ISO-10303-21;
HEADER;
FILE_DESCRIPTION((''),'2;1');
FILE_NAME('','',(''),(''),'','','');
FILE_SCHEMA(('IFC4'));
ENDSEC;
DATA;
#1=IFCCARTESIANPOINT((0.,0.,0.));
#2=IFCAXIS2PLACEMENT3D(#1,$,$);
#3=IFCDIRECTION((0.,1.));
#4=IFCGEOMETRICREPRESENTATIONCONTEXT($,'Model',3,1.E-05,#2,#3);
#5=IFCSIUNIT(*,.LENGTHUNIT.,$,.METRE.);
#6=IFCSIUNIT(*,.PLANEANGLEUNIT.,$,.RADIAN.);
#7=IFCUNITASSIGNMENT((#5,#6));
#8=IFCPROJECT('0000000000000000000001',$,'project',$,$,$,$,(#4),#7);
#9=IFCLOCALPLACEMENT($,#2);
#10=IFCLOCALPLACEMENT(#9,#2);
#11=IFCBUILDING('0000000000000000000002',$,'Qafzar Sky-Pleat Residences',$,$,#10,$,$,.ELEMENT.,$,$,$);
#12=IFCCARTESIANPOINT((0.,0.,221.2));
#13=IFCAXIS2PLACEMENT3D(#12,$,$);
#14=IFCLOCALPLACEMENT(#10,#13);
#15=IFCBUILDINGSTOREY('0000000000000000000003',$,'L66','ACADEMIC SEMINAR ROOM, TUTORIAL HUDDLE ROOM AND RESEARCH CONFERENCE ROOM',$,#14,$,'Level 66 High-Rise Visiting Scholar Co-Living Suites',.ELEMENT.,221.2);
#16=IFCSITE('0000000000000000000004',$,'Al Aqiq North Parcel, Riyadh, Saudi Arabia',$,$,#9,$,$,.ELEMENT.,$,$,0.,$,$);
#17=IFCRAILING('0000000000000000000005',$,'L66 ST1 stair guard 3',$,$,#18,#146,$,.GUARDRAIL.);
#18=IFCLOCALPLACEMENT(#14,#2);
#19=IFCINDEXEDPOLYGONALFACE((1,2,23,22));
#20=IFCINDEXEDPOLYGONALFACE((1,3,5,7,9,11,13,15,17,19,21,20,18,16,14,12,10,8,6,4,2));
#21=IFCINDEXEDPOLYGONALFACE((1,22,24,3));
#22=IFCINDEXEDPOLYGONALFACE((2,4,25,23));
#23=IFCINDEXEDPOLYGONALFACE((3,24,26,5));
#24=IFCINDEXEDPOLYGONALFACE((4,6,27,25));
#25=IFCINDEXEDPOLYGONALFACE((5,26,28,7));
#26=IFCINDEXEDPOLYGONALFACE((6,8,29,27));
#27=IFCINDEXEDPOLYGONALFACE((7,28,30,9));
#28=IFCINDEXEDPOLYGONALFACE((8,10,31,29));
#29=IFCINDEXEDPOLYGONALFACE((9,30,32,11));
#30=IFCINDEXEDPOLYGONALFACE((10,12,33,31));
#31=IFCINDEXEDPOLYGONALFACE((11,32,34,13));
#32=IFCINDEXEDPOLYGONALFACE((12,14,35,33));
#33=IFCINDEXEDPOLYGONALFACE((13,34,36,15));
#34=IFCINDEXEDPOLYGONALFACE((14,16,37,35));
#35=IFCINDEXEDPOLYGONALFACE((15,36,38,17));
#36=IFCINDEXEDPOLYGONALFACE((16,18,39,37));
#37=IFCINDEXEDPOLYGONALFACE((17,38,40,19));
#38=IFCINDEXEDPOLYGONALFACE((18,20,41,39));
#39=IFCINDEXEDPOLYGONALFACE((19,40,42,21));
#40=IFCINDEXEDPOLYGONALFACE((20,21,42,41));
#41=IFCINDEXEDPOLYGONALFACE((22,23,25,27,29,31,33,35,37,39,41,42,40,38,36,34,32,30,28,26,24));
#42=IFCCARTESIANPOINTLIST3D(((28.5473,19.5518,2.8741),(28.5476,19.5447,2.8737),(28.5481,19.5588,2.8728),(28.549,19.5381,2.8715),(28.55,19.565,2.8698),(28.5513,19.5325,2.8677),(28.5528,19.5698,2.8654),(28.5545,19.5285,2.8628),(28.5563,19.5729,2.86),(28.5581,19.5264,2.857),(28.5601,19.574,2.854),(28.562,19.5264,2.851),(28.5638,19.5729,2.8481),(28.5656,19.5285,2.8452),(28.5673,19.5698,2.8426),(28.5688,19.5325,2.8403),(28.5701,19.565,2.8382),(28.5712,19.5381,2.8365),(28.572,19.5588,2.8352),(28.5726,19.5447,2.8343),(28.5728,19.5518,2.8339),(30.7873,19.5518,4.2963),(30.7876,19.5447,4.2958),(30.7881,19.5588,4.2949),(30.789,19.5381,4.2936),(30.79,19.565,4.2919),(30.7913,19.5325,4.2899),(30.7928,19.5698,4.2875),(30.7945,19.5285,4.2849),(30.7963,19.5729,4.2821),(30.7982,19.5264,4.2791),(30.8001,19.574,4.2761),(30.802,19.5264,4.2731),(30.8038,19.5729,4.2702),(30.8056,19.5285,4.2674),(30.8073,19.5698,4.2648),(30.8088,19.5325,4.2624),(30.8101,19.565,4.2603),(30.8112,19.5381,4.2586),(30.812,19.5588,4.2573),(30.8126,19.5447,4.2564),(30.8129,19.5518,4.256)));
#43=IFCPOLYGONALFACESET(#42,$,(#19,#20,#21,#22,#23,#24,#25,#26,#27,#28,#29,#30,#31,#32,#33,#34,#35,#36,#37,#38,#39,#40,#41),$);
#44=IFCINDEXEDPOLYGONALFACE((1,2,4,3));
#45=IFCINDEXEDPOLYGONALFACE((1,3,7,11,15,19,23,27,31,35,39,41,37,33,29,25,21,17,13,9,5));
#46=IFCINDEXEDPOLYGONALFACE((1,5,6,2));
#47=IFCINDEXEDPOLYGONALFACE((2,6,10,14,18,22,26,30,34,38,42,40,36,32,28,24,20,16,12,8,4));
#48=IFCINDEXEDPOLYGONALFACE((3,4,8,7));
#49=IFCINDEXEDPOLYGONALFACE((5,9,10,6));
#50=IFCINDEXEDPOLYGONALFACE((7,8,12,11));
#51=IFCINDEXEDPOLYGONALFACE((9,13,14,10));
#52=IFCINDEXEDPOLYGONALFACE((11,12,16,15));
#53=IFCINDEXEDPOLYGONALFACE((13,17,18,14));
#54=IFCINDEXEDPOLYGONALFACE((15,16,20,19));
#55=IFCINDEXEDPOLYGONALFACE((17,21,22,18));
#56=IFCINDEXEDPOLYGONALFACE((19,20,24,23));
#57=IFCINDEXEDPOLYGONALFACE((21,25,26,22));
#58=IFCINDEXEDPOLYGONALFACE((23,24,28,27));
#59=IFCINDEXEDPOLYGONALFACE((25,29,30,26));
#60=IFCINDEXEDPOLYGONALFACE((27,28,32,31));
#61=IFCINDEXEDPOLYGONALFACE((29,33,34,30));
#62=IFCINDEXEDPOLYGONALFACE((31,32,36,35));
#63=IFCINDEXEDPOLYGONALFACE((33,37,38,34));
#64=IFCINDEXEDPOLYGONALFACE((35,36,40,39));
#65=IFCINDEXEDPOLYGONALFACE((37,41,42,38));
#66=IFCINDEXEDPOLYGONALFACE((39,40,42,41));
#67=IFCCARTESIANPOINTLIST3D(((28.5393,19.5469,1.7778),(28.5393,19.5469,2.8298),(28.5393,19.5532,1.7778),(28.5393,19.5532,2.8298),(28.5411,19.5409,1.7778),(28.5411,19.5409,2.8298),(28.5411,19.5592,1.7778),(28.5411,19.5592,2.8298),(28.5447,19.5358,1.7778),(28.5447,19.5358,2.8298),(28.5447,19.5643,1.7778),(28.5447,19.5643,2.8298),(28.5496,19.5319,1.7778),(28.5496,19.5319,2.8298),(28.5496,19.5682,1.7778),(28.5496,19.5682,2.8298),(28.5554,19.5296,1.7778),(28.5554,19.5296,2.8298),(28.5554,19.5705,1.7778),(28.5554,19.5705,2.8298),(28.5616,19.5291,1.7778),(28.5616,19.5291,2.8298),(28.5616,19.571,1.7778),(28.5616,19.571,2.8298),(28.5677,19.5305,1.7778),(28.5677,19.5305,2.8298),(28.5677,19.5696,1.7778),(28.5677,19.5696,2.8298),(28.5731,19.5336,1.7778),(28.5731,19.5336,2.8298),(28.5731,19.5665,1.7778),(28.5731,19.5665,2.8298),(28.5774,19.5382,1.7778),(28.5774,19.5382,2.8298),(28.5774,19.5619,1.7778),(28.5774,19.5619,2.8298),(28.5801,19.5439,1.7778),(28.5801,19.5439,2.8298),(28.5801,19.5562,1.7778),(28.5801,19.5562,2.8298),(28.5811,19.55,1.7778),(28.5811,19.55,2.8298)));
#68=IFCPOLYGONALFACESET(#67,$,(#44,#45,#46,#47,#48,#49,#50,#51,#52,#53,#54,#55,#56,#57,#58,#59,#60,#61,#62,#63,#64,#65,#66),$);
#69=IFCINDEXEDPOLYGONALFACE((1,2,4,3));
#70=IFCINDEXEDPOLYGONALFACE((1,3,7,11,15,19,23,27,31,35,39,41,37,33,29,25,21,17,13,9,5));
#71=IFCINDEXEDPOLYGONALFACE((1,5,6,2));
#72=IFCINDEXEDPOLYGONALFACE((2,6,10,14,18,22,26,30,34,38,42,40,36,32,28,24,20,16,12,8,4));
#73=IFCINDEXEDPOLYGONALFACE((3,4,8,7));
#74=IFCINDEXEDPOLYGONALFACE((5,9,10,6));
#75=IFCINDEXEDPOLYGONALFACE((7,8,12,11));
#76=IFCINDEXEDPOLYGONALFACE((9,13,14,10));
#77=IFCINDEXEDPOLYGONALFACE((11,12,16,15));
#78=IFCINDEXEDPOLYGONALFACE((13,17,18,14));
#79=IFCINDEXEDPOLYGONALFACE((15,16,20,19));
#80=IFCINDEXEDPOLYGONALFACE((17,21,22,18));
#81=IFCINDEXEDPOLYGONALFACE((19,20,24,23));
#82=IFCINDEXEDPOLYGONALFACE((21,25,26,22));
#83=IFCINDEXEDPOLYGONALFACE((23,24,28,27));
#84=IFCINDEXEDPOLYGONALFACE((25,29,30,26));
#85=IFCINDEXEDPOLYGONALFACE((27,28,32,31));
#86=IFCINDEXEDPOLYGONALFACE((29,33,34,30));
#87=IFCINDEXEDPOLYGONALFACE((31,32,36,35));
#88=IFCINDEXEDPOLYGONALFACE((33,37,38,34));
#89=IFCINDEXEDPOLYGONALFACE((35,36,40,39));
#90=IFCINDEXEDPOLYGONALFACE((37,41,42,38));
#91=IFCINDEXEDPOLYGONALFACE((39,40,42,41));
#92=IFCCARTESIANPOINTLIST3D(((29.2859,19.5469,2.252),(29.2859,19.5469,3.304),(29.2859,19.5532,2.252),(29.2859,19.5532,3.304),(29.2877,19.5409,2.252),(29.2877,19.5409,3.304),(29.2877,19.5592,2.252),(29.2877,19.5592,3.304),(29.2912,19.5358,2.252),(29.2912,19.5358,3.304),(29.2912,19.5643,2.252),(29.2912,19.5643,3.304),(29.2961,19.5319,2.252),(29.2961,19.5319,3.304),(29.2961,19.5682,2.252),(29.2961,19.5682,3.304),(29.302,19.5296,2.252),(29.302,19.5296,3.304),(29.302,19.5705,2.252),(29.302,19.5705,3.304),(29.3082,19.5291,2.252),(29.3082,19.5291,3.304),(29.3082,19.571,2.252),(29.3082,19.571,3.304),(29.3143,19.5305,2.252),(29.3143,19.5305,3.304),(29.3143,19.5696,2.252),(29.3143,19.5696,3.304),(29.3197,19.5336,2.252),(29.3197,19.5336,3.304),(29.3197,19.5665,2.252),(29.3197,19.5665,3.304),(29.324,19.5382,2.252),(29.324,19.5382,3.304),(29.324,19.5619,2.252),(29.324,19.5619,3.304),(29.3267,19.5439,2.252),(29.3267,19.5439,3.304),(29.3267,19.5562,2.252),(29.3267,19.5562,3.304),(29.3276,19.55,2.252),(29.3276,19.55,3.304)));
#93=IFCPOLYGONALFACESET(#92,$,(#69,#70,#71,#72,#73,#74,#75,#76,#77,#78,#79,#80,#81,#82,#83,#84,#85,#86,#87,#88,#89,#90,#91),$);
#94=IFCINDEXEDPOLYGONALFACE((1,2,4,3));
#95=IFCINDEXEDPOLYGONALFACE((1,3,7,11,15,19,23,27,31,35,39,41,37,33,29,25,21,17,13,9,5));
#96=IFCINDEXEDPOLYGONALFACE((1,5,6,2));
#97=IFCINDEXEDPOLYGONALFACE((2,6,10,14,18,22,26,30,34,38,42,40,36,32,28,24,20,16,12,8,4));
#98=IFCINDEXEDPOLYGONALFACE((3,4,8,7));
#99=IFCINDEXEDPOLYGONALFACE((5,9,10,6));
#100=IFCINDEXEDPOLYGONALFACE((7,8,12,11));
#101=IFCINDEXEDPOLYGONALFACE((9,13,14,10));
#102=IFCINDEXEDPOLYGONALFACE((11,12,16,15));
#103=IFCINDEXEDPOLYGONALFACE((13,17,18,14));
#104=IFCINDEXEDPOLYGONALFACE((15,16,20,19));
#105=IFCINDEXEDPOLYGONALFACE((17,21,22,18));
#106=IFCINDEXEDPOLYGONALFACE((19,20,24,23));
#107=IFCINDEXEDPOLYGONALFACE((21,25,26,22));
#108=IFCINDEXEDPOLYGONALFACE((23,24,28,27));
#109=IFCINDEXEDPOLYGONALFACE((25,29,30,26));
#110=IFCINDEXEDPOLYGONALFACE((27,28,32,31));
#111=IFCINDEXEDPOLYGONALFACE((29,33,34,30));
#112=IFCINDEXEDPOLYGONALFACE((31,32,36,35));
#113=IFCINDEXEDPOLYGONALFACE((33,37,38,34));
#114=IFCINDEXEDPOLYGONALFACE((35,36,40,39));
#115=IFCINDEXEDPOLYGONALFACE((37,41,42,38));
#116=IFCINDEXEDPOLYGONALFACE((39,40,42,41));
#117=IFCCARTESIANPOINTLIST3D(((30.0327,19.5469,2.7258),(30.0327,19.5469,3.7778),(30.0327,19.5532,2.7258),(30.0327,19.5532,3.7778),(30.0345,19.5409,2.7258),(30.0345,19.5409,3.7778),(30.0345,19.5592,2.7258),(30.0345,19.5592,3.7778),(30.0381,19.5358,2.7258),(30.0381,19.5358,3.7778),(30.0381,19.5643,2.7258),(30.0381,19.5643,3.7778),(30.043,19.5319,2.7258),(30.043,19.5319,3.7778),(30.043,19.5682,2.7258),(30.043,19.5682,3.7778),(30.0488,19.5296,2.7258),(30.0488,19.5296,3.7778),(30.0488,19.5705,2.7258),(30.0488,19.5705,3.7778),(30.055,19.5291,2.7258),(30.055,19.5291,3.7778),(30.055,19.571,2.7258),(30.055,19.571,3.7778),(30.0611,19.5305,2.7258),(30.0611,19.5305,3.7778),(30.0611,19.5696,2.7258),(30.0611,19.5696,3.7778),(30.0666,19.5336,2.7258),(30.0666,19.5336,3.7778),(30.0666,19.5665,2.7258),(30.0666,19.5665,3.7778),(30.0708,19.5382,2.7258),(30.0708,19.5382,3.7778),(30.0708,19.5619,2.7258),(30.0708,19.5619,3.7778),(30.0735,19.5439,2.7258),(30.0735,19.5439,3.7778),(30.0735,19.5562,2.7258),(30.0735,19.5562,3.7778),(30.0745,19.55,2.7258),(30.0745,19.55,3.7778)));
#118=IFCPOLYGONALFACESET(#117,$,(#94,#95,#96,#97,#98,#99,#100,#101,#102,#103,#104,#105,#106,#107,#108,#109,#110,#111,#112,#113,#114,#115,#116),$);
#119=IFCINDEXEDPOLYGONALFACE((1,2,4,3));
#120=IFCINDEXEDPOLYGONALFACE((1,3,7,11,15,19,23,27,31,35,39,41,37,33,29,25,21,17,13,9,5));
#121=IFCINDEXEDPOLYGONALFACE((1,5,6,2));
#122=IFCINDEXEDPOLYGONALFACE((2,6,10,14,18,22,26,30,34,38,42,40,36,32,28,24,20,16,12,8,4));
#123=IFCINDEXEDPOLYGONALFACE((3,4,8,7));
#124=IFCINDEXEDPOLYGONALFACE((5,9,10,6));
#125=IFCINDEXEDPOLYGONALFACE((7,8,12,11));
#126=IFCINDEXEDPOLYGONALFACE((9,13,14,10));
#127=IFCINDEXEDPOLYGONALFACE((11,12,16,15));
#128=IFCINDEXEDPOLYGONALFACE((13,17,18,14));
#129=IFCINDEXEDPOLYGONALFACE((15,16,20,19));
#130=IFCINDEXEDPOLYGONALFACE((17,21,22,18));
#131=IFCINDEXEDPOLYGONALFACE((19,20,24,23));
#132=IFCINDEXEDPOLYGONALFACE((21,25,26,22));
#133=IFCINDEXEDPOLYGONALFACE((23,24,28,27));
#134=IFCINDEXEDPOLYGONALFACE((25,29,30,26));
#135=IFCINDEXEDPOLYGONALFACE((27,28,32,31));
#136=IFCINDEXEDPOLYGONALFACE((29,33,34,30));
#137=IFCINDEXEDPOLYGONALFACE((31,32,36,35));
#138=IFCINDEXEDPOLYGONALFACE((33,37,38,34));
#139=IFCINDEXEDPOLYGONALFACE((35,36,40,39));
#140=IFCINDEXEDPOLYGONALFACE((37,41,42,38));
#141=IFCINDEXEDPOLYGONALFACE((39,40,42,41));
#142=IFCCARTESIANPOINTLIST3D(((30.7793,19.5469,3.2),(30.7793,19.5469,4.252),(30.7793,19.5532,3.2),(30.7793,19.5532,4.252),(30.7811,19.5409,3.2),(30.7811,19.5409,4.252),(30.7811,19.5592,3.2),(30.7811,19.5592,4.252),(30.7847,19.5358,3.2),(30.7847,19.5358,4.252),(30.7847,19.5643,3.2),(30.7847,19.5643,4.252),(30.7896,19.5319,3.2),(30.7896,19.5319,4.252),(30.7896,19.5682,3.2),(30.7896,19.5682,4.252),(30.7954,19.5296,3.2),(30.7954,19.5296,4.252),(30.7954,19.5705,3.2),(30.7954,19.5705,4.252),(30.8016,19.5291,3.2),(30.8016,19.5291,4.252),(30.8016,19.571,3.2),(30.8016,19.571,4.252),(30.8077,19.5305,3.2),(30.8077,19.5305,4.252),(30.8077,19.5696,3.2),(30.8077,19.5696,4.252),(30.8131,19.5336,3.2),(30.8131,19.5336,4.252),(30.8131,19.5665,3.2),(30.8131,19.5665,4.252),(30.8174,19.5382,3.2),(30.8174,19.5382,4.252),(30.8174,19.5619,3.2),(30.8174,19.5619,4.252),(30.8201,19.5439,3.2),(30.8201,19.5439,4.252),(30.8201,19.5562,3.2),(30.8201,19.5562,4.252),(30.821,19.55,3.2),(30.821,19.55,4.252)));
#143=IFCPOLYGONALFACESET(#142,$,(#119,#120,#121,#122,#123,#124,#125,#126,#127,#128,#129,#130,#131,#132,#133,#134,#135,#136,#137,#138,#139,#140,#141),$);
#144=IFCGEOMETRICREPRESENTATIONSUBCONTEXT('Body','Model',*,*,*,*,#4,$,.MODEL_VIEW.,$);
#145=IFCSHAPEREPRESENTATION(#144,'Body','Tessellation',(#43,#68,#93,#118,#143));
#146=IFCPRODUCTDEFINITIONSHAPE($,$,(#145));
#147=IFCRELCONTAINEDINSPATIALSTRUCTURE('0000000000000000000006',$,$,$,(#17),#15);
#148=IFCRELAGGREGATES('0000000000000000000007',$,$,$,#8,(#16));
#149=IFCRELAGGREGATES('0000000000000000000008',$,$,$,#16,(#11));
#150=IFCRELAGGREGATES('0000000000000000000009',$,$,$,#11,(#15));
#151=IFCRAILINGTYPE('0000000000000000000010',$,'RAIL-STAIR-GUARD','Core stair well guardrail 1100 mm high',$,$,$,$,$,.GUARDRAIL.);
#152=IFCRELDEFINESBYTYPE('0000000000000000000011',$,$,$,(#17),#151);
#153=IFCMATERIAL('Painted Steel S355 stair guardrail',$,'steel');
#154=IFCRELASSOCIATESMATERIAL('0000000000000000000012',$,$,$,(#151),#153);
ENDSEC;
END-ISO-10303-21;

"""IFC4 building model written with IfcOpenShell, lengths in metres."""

from ifc_helpers import new_model, si_unit, direction, frame, origin, origin_2d, place, context, subcontext, project, spatial, circle, extrude, source, transform, mapped, material, type_object, element, save


model = new_model("IFC4")

# Units and contexts
model_context = context("Model", 3, precision=1e-05, world=origin(), true_north=direction((0.0, 1.0)))
body_context = subcontext(model_context, "Body", "Model", "MODEL_VIEW")
ifc_project = project(units=[si_unit("LENGTHUNIT", "METRE"), si_unit("PLANEANGLEUNIT", "RADIAN")], contexts=[model_context])

# Site, building, storey
site_placement = place(None, origin())
site = spatial("IfcSite", under=ifc_project, at=site_placement, Name="Al Aqiq North Parcel, Riyadh, Saudi Arabia", CompositionType="ELEMENT", RefElevation=0.0)
building_placement = place(site_placement, origin())
building = spatial("IfcBuilding", under=site, at=building_placement, Name="Qafzar Sky-Pleat Residences", CompositionType="ELEMENT")
storey_placement = place(building_placement, frame((0.0, 0.0, 221.2)))
storey = spatial("IfcBuildingStorey", under=building, at=storey_placement, Name="L66", Description="ACADEMIC SEMINAR ROOM, TUTORIAL HUDDLE ROOM AND RESEARCH CONFERENCE ROOM", LongName="Level 66 High-Rise Visiting Scholar Co-Living Suites", CompositionType="ELEMENT", Elevation=221.2)

# Railing
ifc_material_1 = material(Name="Painted Steel S355 stair guardrail", Category="steel")
railing_type_1 = type_object("IfcRailingType", Name="RAIL-STAIR-GUARD", Description="Core stair well guardrail 1100 mm high", PredefinedType="GUARDRAIL", material=ifc_material_1)
shared_shape_1 = source(origin(), body_context, "Body", "SweptSolid", [
    extrude(circle(Radius=0.0239, at=origin_2d()), frame((0.0, 0.0, 1.0762), z_axis=(0.844229, 0.0, 0.535982), x_axis=(0.0, 1.0, 0.0)), (0.0, 0.0, 1.0), 2.6533),
    extrude(circle(Radius=0.021, at=origin_2d()), origin(), (0.0, 0.0, 1.0), 1.052),
    extrude(circle(Radius=0.021, at=origin_2d()), frame((0.7466, 0.0, 0.4741)), (0.0, 0.0, 1.0), 1.052),
    extrude(circle(Radius=0.021, at=origin_2d()), frame((1.4934, 0.0, 0.948)), (0.0, 0.0, 1.0), 1.052),
    extrude(circle(Radius=0.021, at=origin_2d()), frame((2.24, 0.0, 1.4221)), (0.0, 0.0, 1.0), 1.052),
])
railing_1_placement = place(storey_placement, frame((28.5601, 19.55, 1.7778)))
element("IfcRailing", 1, at=railing_1_placement, inside=storey, type_object=railing_type_1, Name="L66 ST1 stair guard 3", PredefinedType="GUARDRAIL", context=body_context, shape_type="MappedRepresentation", body=[
    mapped(shared_shape_1, transform((0.0, 0.0, 0.0), x_axis=(1.0, 0.0, 0.0), y_axis=(0.0, 1.0, 0.0), z_axis=(0.0, 0.0, 1.0), scale=1.0)),
])

save(model, "model.ifc")
